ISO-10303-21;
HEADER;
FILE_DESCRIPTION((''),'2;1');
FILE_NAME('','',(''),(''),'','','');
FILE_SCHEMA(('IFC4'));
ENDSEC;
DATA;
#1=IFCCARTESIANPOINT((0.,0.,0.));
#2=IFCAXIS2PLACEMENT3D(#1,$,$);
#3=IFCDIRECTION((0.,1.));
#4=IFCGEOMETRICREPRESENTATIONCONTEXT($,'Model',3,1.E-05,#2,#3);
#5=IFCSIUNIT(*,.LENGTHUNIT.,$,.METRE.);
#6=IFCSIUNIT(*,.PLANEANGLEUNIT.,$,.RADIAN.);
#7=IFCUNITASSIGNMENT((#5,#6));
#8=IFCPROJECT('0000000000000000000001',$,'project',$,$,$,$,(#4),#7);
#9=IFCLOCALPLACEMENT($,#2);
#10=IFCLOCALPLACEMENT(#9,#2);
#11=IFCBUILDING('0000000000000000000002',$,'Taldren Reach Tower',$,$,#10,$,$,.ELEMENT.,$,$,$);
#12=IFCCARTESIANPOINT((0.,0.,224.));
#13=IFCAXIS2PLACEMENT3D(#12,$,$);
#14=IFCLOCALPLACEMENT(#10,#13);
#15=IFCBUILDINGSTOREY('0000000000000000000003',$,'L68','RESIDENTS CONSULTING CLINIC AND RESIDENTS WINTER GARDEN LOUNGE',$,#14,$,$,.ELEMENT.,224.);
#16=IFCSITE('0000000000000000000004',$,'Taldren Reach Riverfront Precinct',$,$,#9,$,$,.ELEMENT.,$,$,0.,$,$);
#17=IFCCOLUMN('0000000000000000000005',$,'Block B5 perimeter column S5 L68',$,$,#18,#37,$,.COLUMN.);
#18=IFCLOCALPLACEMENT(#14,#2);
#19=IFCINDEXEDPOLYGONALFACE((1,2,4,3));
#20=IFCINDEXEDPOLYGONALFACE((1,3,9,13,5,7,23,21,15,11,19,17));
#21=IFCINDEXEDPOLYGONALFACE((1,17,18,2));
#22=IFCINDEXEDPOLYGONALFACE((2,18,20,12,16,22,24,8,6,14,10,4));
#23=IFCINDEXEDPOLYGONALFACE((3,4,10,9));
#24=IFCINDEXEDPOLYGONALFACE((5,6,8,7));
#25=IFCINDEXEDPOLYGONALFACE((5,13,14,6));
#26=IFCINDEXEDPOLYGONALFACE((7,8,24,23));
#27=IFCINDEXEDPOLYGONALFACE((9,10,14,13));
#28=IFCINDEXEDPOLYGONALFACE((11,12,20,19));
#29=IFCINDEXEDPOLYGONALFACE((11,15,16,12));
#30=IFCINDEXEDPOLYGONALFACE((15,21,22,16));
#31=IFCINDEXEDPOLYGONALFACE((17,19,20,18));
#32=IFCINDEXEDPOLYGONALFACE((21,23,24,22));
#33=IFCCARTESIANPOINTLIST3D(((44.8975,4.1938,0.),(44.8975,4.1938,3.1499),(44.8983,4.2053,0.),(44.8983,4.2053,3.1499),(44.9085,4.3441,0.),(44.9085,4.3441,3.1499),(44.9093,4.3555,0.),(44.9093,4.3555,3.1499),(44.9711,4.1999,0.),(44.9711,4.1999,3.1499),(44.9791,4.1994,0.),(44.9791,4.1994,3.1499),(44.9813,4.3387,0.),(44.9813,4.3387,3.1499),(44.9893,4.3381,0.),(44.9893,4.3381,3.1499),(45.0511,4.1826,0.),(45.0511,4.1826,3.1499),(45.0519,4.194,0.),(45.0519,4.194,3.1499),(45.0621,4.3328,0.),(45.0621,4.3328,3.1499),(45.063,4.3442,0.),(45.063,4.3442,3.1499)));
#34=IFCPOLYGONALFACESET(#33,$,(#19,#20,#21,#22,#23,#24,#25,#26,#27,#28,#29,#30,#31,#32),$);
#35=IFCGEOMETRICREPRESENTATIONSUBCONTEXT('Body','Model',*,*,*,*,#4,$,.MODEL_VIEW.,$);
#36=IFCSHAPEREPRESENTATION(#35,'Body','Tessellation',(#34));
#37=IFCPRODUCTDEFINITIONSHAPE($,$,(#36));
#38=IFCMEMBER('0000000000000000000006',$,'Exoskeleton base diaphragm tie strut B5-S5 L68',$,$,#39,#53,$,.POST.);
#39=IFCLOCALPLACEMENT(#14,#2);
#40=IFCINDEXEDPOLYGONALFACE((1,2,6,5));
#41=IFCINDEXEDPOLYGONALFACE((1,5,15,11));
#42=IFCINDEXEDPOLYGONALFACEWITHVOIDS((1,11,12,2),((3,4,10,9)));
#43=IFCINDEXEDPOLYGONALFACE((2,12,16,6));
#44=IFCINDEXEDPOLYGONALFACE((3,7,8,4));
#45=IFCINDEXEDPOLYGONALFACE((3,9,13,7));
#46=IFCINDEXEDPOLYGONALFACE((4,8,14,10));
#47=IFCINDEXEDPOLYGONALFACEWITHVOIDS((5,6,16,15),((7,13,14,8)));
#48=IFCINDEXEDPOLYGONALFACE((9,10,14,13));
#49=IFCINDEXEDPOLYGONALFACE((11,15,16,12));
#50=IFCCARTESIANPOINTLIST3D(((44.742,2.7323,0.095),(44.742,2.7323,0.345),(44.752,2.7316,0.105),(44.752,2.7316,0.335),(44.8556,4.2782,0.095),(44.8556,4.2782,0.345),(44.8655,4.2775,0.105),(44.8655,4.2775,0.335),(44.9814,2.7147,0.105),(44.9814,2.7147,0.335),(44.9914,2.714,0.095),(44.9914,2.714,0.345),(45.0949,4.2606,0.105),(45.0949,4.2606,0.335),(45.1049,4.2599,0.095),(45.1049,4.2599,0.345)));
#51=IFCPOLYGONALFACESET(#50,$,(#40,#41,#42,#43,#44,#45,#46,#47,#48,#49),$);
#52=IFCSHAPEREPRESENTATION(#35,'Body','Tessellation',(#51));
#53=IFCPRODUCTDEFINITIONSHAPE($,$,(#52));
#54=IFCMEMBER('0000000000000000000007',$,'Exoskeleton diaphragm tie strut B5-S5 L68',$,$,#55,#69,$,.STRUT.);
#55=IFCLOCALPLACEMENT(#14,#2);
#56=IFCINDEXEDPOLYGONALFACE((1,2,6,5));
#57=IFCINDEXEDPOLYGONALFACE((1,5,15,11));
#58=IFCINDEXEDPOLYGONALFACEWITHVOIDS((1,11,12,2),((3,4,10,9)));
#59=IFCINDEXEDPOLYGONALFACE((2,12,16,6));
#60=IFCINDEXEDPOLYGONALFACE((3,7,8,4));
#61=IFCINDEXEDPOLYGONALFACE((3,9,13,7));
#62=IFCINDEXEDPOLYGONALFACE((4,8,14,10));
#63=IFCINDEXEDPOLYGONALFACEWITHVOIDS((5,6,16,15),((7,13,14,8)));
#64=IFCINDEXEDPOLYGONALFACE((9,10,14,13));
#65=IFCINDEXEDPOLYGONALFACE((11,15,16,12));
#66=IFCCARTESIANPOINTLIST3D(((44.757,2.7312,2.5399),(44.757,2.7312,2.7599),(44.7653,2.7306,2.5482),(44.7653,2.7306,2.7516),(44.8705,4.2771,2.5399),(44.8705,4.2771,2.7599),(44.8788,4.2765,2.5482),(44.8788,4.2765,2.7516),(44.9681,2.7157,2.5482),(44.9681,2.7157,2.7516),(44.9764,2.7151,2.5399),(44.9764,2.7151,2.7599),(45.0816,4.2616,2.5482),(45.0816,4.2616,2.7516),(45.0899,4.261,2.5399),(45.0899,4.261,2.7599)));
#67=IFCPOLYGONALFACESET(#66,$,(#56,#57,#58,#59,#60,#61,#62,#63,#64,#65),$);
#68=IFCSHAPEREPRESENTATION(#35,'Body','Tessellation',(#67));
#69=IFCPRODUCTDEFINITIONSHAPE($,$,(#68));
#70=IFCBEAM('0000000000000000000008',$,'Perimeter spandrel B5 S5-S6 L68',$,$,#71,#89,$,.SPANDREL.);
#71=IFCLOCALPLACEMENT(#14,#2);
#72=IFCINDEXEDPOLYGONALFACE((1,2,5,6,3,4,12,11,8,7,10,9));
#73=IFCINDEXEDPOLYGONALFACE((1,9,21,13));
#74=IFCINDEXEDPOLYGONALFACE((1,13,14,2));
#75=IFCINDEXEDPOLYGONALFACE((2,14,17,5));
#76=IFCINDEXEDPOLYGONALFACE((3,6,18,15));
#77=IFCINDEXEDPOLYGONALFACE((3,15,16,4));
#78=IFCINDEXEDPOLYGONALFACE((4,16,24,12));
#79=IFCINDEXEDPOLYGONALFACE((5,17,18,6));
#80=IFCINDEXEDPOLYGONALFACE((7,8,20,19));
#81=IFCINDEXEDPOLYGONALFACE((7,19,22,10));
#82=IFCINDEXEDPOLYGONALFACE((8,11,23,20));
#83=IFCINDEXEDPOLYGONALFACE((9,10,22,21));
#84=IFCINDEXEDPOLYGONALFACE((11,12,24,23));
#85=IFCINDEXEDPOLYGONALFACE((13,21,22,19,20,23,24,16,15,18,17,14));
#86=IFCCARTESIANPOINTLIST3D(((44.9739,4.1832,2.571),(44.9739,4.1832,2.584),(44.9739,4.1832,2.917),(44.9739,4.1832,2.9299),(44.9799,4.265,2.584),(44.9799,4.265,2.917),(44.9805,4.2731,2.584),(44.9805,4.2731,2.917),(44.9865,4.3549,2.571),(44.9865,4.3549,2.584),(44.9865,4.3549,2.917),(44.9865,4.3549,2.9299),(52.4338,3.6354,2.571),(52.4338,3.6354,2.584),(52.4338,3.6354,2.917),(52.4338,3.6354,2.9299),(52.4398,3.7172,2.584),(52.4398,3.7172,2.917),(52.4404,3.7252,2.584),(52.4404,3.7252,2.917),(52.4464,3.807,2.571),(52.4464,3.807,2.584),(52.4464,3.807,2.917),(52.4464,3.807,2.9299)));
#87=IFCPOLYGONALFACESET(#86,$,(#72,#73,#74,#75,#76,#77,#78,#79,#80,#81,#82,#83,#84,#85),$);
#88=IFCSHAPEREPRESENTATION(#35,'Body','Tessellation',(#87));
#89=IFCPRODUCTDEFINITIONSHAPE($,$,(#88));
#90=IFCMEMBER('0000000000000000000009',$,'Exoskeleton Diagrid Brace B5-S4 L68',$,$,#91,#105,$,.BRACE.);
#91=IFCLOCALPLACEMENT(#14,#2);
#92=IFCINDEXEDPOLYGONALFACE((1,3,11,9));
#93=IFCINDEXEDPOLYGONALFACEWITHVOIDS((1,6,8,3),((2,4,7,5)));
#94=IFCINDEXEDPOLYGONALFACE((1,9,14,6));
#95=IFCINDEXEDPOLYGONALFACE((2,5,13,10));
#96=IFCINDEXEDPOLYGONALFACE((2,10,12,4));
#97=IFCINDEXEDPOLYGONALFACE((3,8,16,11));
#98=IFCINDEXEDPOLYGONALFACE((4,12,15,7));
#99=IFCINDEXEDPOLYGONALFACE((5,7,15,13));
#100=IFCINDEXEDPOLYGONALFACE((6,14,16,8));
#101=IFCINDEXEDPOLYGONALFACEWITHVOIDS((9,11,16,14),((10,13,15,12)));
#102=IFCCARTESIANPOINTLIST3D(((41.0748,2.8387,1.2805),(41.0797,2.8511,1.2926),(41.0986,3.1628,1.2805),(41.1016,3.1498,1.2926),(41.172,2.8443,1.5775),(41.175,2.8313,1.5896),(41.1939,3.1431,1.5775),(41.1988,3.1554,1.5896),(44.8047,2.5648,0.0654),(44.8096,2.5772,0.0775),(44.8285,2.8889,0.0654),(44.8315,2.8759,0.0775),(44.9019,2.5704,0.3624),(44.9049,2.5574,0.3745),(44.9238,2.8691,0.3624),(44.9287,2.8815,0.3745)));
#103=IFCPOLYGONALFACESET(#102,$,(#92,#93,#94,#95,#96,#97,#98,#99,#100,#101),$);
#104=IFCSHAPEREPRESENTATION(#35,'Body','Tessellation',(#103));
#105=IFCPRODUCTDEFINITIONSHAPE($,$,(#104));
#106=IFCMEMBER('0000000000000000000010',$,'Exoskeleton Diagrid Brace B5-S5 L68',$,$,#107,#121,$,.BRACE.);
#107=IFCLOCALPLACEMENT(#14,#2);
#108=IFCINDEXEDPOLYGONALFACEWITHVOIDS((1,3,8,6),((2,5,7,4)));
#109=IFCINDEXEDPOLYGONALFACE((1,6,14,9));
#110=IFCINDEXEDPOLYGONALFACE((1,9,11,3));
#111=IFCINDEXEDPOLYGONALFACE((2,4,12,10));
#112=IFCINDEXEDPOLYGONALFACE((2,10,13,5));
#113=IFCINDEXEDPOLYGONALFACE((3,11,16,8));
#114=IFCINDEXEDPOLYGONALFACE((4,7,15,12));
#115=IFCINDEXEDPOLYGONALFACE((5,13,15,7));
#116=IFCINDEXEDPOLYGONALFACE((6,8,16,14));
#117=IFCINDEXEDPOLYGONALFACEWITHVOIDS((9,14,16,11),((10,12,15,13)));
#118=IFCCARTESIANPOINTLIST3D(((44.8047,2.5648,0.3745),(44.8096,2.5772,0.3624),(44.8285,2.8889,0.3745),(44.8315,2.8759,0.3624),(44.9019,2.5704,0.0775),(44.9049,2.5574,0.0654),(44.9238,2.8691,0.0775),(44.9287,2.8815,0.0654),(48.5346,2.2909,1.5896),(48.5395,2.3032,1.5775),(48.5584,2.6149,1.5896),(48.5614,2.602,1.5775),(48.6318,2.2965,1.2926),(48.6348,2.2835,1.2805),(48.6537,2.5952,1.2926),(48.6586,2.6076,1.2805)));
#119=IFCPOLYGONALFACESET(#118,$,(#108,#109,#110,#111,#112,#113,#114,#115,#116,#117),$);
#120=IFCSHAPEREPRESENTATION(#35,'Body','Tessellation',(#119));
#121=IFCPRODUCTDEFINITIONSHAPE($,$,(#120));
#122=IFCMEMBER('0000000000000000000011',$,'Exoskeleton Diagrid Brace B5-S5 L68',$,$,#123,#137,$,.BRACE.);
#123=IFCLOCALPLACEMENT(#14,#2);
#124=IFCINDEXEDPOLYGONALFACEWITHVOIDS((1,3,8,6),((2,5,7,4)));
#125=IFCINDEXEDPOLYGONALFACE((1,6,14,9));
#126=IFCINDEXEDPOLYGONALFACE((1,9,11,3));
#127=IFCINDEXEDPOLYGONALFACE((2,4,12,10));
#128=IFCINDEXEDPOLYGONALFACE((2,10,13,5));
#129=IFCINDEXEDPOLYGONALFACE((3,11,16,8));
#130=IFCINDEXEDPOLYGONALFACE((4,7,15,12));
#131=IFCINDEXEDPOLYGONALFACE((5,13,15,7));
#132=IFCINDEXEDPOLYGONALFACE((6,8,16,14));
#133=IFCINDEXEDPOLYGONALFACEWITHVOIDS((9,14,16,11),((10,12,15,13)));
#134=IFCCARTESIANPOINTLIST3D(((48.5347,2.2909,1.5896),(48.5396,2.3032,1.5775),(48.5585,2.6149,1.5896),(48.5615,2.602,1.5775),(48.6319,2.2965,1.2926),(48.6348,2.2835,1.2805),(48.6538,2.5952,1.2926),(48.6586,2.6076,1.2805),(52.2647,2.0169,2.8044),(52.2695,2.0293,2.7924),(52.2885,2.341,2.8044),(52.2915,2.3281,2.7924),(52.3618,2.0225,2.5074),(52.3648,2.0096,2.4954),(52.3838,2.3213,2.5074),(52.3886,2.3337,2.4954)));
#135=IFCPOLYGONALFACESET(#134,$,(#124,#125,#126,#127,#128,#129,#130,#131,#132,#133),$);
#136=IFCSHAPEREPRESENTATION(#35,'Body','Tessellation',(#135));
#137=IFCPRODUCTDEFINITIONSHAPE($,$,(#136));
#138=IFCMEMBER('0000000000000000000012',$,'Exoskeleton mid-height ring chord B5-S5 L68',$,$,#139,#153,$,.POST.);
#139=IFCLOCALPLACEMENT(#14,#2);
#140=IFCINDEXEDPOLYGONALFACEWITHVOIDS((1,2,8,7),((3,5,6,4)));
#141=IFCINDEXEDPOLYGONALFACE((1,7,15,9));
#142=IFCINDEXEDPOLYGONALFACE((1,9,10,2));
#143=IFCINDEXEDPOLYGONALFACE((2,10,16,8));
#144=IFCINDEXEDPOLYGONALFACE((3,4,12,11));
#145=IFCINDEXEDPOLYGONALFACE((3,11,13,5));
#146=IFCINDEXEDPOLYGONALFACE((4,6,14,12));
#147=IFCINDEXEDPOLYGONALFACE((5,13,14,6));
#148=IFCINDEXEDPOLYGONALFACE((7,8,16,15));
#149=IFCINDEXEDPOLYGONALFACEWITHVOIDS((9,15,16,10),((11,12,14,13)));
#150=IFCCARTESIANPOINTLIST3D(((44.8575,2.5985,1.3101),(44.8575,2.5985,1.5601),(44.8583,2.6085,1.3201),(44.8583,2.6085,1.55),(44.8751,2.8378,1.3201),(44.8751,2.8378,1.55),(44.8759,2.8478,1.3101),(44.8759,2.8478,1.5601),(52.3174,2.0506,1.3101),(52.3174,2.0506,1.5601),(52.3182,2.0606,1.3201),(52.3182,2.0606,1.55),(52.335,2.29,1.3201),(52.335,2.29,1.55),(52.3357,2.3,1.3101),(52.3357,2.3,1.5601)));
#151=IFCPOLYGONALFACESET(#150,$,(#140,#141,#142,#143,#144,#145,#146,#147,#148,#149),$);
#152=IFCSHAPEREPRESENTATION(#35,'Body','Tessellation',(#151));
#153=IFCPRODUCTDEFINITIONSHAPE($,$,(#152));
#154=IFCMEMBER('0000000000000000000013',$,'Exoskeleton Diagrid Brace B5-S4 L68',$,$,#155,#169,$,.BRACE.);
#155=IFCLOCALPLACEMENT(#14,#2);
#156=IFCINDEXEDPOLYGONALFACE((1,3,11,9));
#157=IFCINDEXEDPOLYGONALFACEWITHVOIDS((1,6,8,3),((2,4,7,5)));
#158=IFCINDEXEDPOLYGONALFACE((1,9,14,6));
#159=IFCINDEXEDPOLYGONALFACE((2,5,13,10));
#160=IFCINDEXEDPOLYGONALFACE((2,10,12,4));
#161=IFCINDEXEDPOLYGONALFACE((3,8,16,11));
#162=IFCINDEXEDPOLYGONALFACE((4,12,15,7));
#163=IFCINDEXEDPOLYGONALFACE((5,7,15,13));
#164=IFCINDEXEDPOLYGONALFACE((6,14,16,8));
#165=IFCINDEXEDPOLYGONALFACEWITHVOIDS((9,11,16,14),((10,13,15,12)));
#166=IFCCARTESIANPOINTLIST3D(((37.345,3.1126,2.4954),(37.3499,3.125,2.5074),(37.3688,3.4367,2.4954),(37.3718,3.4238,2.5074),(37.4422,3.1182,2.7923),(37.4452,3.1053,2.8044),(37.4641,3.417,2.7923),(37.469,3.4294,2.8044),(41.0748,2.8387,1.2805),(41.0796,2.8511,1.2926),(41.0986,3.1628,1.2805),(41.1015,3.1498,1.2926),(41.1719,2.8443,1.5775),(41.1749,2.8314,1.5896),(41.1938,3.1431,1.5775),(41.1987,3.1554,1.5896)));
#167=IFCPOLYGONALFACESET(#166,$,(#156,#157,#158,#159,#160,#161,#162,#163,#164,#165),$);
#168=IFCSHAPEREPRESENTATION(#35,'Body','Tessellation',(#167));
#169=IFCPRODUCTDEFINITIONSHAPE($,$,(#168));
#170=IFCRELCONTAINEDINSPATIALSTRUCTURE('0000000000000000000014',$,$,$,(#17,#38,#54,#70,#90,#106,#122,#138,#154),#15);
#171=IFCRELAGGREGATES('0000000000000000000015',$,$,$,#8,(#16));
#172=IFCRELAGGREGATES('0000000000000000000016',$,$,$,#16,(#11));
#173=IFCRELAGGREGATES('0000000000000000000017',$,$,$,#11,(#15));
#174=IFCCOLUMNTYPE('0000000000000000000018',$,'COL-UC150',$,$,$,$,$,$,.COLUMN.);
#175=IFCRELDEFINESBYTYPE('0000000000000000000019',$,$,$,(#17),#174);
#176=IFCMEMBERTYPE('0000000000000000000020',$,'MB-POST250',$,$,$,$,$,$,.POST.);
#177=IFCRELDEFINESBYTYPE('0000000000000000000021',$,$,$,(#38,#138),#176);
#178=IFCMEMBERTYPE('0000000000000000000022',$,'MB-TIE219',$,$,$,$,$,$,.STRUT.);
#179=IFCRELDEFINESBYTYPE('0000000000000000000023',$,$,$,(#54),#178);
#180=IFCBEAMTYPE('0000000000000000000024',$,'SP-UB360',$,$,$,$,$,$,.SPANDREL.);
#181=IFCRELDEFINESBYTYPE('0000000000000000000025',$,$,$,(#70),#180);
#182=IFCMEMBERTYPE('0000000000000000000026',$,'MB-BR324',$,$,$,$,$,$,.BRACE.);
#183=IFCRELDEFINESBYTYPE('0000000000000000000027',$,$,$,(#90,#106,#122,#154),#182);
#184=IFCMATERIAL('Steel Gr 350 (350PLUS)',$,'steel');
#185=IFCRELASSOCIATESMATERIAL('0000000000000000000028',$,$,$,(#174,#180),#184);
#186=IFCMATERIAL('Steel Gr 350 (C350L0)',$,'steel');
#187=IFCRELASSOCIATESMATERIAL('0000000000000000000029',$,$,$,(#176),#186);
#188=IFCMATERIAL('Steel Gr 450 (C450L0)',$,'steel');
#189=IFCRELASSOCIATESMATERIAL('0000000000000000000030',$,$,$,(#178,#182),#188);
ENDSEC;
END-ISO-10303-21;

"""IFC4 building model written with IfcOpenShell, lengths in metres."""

from ifc_helpers import new_model, si_unit, direction, frame, origin, origin_2d, place, context, subcontext, project, spatial, hollow_rectangle, i_section, extrude, source, transform, mapped, material, material_profile, profile_set, type_object, element, save


model = new_model("IFC4")

# Units and contexts
model_context = context("Model", 3, precision=1e-05, world=origin(), true_north=direction((0.0, 1.0)))
body_context = subcontext(model_context, "Body", "Model", "MODEL_VIEW")
ifc_project = project(units=[si_unit("LENGTHUNIT", "METRE"), si_unit("PLANEANGLEUNIT", "RADIAN")], contexts=[model_context])

# Site, building, storey
site_placement = place(None, origin())
site = spatial("IfcSite", under=ifc_project, at=site_placement, Name="Taldren Reach Riverfront Precinct", CompositionType="ELEMENT", RefElevation=0.0)
building_placement = place(site_placement, origin())
building = spatial("IfcBuilding", under=site, at=building_placement, Name="Taldren Reach Tower", CompositionType="ELEMENT")
storey_placement = place(building_placement, frame((0.0, 0.0, 224.0)))
storey = spatial("IfcBuildingStorey", under=building, at=storey_placement, Name="L68", Description="RESIDENTS CONSULTING CLINIC AND RESIDENTS WINTER GARDEN LOUNGE", CompositionType="ELEMENT", Elevation=224.0)

# Column
ifc_material_1 = material(Name="Steel Gr 350 (350PLUS)", Category="steel")
ifc_material_profile_1 = material_profile(ifc_material_1, i_section(OverallWidth=0.1541, OverallDepth=0.1621, WebThickness=0.0081, FlangeThickness=0.0115, at=origin_2d()), Name="150UC37.2")
ifc_profile_set_1 = profile_set([ifc_material_profile_1], Name="Steel Gr 350 (350PLUS)")
column_type = type_object("IfcColumnType", Name="COL-UC150", PredefinedType="COLUMN", material=ifc_profile_set_1)
shared_shape_1 = source(origin(), body_context, "Body", "SweptSolid", [
    extrude(i_section(OverallWidth=0.1541, OverallDepth=0.1621, WebThickness=0.0081, FlangeThickness=0.0115, at=origin_2d()), origin(), (0.0, 0.0, 1.0), 3.1499),
])
column_placement = place(storey_placement, frame((44.9802, 4.269, 0.0), z_axis=(0.0, 0.0, 1.0), x_axis=(0.997314, -0.073238, 0.0)))
element("IfcColumn", 1, at=column_placement, inside=storey, type_object=column_type, Name="Block B5 perimeter column S5 L68", PredefinedType="COLUMN", context=body_context, shape_type="MappedRepresentation", body=[
    mapped(shared_shape_1, transform((0.0, 0.0, 0.0), scale=1.0)),
])

# Members
ifc_material_2 = material(Name="Steel Gr 350 (C350L0)", Category="steel")
ifc_material_profile_2 = material_profile(ifc_material_2, hollow_rectangle(XDim=0.25, YDim=0.25, WallThickness=0.01, at=origin_2d()), Name="250x250x10.0SHS")
ifc_profile_set_2 = profile_set([ifc_material_profile_2], Name="Steel Gr 350 (C350L0)")
member_type_1 = type_object("IfcMemberType", Name="MB-POST250", PredefinedType="POST", material=ifc_profile_set_2)
shared_shape_2 = source(origin(), body_context, "Body", "SweptSolid", [
    extrude(hollow_rectangle(XDim=0.25, YDim=0.25, WallThickness=0.01, at=origin_2d()), origin(), (0.0, 0.0, 1.0), 1.55),
])
member_1_placement = place(storey_placement, frame((44.9802, 4.269, 0.22), z_axis=(-0.073239, -0.997314, 0.0), x_axis=(0.997314, -0.073239, 0.0)))
element("IfcMember", 2, at=member_1_placement, inside=storey, type_object=member_type_1, Name="Exoskeleton base diaphragm tie strut B5-S5 L68", PredefinedType="POST", context=body_context, shape_type="MappedRepresentation", body=[
    mapped(shared_shape_2, transform((0.0, 0.0, 0.0), scale=1.0)),
])
ifc_material_3 = material(Name="Steel Gr 450 (C450L0)", Category="steel")
ifc_material_profile_3 = material_profile(ifc_material_3, hollow_rectangle(XDim=0.22, YDim=0.22, WallThickness=0.0083, at=origin_2d()), Name="220x220x8.2SHS")
ifc_profile_set_3 = profile_set([ifc_material_profile_3], Name="Steel Gr 450 (C450L0)")
member_type_2 = type_object("IfcMemberType", Name="MB-TIE219", PredefinedType="STRUT", material=ifc_profile_set_3)
shared_shape_3 = source(origin(), body_context, "Body", "SweptSolid", [
    extrude(hollow_rectangle(XDim=0.22, YDim=0.22, WallThickness=0.0083, at=origin_2d()), origin(), (0.0, 0.0, 1.0), 1.55),
])
member_2_placement = place(storey_placement, frame((44.9802, 4.269, 2.6499), z_axis=(-0.073239, -0.997314, 0.0), x_axis=(0.997314, -0.073239, 0.0)))
element("IfcMember", 3, at=member_2_placement, inside=storey, type_object=member_type_2, Name="Exoskeleton diaphragm tie strut B5-S5 L68", PredefinedType="STRUT", context=body_context, shape_type="MappedRepresentation", body=[
    mapped(shared_shape_3, transform((0.0, 0.0, 0.0), scale=1.0)),
])

# Beam
ifc_material_profile_4 = material_profile(ifc_material_1, i_section(OverallWidth=0.1721, OverallDepth=0.3589, WebThickness=0.0081, FlangeThickness=0.0129, at=origin_2d()), Name="360UB56.7")
ifc_profile_set_4 = profile_set([ifc_material_profile_4], Name="Steel Gr 350 (350PLUS)")
beam_type = type_object("IfcBeamType", Name="SP-UB360", PredefinedType="SPANDREL", material=ifc_profile_set_4)
shared_shape_4 = source(origin(), body_context, "Body", "SweptSolid", [
    extrude(i_section(OverallWidth=0.1721, OverallDepth=0.3589, WebThickness=0.0081, FlangeThickness=0.0129, at=origin_2d()), origin(), (0.0, 0.0, 1.0), 7.48),
])
beam_placement = place(storey_placement, frame((44.9802, 4.269, 2.7505), z_axis=(0.997314, -0.073242, 0.0), x_axis=(0.073242, 0.997314, 0.0)))
element("IfcBeam", 4, at=beam_placement, inside=storey, type_object=beam_type, Name="Perimeter spandrel B5 S5-S6 L68", PredefinedType="SPANDREL", context=body_context, shape_type="MappedRepresentation", body=[
    mapped(shared_shape_4, transform((0.0, 0.0, 0.0), scale=1.0)),
])

# Members
ifc_material_profile_5 = material_profile(ifc_material_3, hollow_rectangle(XDim=0.325, YDim=0.325, WallThickness=0.0127, at=origin_2d()), Name="325x325x12.7SHS")
ifc_profile_set_5 = profile_set([ifc_material_profile_5], Name="Steel Gr 450 (C450L0)")
member_type_3 = type_object("IfcMemberType", Name="MB-BR324", PredefinedType="BRACE", material=ifc_profile_set_5)
shared_shape_5 = source(origin(), body_context, "Body", "SweptSolid", [
    extrude(hollow_rectangle(XDim=0.325, YDim=0.325, WallThickness=0.0127, at=origin_2d()), origin(), (0.0, 0.0, 1.0), 3.9324),
])
for number, where, z_axis, x_axis, name in (
    (5, (44.8667, 2.7231, 0.22), (-0.948511, 0.069658, 0.308989), (-0.073242, -0.997314, 0.0), "Exoskeleton Diagrid Brace B5-S4 L68"),
    (6, (44.8667, 2.7231, 0.22), (0.948511, -0.069658, 0.308989), (0.073242, 0.997314, 0.0), "Exoskeleton Diagrid Brace B5-S5 L68"),
    (7, (48.5967, 2.4492, 1.4351), (0.948529, -0.069659, 0.308933), (0.073242, 0.997314, 0.0), "Exoskeleton Diagrid Brace B5-S5 L68"),
):
    element("IfcMember", number, at=place(storey_placement, frame(where, z_axis=z_axis, x_axis=x_axis)), inside=storey, type_object=member_type_3, Name=name, PredefinedType="BRACE", context=body_context, shape_type="MappedRepresentation", body=[
        mapped(shared_shape_5, transform((0.0, 0.0, 0.0), scale=1.0)),
    ])
shared_shape_6 = source(origin(), body_context, "Body", "SweptSolid", [
    extrude(hollow_rectangle(XDim=0.25, YDim=0.25, WallThickness=0.01, at=origin_2d()), origin(), (0.0, 0.0, 1.0), 7.48),
])
member_3_placement = place(storey_placement, frame((44.8667, 2.7231, 1.4351), z_axis=(0.997314, -0.073242, 0.0), x_axis=(0.073242, 0.997314, 0.0)))
element("IfcMember", 8, at=member_3_placement, inside=storey, type_object=member_type_1, Name="Exoskeleton mid-height ring chord B5-S5 L68", PredefinedType="POST", context=body_context, shape_type="MappedRepresentation", body=[
    mapped(shared_shape_6, transform((0.0, 0.0, 0.0), scale=1.0)),
])
shared_shape_7 = source(origin(), body_context, "Body", "SweptSolid", [
    extrude(hollow_rectangle(XDim=0.325, YDim=0.325, WallThickness=0.0127, at=origin_2d()), origin(), (0.0, 0.0, 1.0), 3.9321),
])
member_4_placement = place(storey_placement, frame((41.1367, 2.9971, 1.4351), z_axis=(-0.948523, 0.069663, 0.308951), x_axis=(-0.073246, -0.997314, 0.0)))
element("IfcMember", 9, at=member_4_placement, inside=storey, type_object=member_type_3, Name="Exoskeleton Diagrid Brace B5-S4 L68", PredefinedType="BRACE", context=body_context, shape_type="MappedRepresentation", body=[
    mapped(shared_shape_7, transform((0.0, 0.0, 0.0), scale=1.0)),
])

save(model, "model.ifc")
